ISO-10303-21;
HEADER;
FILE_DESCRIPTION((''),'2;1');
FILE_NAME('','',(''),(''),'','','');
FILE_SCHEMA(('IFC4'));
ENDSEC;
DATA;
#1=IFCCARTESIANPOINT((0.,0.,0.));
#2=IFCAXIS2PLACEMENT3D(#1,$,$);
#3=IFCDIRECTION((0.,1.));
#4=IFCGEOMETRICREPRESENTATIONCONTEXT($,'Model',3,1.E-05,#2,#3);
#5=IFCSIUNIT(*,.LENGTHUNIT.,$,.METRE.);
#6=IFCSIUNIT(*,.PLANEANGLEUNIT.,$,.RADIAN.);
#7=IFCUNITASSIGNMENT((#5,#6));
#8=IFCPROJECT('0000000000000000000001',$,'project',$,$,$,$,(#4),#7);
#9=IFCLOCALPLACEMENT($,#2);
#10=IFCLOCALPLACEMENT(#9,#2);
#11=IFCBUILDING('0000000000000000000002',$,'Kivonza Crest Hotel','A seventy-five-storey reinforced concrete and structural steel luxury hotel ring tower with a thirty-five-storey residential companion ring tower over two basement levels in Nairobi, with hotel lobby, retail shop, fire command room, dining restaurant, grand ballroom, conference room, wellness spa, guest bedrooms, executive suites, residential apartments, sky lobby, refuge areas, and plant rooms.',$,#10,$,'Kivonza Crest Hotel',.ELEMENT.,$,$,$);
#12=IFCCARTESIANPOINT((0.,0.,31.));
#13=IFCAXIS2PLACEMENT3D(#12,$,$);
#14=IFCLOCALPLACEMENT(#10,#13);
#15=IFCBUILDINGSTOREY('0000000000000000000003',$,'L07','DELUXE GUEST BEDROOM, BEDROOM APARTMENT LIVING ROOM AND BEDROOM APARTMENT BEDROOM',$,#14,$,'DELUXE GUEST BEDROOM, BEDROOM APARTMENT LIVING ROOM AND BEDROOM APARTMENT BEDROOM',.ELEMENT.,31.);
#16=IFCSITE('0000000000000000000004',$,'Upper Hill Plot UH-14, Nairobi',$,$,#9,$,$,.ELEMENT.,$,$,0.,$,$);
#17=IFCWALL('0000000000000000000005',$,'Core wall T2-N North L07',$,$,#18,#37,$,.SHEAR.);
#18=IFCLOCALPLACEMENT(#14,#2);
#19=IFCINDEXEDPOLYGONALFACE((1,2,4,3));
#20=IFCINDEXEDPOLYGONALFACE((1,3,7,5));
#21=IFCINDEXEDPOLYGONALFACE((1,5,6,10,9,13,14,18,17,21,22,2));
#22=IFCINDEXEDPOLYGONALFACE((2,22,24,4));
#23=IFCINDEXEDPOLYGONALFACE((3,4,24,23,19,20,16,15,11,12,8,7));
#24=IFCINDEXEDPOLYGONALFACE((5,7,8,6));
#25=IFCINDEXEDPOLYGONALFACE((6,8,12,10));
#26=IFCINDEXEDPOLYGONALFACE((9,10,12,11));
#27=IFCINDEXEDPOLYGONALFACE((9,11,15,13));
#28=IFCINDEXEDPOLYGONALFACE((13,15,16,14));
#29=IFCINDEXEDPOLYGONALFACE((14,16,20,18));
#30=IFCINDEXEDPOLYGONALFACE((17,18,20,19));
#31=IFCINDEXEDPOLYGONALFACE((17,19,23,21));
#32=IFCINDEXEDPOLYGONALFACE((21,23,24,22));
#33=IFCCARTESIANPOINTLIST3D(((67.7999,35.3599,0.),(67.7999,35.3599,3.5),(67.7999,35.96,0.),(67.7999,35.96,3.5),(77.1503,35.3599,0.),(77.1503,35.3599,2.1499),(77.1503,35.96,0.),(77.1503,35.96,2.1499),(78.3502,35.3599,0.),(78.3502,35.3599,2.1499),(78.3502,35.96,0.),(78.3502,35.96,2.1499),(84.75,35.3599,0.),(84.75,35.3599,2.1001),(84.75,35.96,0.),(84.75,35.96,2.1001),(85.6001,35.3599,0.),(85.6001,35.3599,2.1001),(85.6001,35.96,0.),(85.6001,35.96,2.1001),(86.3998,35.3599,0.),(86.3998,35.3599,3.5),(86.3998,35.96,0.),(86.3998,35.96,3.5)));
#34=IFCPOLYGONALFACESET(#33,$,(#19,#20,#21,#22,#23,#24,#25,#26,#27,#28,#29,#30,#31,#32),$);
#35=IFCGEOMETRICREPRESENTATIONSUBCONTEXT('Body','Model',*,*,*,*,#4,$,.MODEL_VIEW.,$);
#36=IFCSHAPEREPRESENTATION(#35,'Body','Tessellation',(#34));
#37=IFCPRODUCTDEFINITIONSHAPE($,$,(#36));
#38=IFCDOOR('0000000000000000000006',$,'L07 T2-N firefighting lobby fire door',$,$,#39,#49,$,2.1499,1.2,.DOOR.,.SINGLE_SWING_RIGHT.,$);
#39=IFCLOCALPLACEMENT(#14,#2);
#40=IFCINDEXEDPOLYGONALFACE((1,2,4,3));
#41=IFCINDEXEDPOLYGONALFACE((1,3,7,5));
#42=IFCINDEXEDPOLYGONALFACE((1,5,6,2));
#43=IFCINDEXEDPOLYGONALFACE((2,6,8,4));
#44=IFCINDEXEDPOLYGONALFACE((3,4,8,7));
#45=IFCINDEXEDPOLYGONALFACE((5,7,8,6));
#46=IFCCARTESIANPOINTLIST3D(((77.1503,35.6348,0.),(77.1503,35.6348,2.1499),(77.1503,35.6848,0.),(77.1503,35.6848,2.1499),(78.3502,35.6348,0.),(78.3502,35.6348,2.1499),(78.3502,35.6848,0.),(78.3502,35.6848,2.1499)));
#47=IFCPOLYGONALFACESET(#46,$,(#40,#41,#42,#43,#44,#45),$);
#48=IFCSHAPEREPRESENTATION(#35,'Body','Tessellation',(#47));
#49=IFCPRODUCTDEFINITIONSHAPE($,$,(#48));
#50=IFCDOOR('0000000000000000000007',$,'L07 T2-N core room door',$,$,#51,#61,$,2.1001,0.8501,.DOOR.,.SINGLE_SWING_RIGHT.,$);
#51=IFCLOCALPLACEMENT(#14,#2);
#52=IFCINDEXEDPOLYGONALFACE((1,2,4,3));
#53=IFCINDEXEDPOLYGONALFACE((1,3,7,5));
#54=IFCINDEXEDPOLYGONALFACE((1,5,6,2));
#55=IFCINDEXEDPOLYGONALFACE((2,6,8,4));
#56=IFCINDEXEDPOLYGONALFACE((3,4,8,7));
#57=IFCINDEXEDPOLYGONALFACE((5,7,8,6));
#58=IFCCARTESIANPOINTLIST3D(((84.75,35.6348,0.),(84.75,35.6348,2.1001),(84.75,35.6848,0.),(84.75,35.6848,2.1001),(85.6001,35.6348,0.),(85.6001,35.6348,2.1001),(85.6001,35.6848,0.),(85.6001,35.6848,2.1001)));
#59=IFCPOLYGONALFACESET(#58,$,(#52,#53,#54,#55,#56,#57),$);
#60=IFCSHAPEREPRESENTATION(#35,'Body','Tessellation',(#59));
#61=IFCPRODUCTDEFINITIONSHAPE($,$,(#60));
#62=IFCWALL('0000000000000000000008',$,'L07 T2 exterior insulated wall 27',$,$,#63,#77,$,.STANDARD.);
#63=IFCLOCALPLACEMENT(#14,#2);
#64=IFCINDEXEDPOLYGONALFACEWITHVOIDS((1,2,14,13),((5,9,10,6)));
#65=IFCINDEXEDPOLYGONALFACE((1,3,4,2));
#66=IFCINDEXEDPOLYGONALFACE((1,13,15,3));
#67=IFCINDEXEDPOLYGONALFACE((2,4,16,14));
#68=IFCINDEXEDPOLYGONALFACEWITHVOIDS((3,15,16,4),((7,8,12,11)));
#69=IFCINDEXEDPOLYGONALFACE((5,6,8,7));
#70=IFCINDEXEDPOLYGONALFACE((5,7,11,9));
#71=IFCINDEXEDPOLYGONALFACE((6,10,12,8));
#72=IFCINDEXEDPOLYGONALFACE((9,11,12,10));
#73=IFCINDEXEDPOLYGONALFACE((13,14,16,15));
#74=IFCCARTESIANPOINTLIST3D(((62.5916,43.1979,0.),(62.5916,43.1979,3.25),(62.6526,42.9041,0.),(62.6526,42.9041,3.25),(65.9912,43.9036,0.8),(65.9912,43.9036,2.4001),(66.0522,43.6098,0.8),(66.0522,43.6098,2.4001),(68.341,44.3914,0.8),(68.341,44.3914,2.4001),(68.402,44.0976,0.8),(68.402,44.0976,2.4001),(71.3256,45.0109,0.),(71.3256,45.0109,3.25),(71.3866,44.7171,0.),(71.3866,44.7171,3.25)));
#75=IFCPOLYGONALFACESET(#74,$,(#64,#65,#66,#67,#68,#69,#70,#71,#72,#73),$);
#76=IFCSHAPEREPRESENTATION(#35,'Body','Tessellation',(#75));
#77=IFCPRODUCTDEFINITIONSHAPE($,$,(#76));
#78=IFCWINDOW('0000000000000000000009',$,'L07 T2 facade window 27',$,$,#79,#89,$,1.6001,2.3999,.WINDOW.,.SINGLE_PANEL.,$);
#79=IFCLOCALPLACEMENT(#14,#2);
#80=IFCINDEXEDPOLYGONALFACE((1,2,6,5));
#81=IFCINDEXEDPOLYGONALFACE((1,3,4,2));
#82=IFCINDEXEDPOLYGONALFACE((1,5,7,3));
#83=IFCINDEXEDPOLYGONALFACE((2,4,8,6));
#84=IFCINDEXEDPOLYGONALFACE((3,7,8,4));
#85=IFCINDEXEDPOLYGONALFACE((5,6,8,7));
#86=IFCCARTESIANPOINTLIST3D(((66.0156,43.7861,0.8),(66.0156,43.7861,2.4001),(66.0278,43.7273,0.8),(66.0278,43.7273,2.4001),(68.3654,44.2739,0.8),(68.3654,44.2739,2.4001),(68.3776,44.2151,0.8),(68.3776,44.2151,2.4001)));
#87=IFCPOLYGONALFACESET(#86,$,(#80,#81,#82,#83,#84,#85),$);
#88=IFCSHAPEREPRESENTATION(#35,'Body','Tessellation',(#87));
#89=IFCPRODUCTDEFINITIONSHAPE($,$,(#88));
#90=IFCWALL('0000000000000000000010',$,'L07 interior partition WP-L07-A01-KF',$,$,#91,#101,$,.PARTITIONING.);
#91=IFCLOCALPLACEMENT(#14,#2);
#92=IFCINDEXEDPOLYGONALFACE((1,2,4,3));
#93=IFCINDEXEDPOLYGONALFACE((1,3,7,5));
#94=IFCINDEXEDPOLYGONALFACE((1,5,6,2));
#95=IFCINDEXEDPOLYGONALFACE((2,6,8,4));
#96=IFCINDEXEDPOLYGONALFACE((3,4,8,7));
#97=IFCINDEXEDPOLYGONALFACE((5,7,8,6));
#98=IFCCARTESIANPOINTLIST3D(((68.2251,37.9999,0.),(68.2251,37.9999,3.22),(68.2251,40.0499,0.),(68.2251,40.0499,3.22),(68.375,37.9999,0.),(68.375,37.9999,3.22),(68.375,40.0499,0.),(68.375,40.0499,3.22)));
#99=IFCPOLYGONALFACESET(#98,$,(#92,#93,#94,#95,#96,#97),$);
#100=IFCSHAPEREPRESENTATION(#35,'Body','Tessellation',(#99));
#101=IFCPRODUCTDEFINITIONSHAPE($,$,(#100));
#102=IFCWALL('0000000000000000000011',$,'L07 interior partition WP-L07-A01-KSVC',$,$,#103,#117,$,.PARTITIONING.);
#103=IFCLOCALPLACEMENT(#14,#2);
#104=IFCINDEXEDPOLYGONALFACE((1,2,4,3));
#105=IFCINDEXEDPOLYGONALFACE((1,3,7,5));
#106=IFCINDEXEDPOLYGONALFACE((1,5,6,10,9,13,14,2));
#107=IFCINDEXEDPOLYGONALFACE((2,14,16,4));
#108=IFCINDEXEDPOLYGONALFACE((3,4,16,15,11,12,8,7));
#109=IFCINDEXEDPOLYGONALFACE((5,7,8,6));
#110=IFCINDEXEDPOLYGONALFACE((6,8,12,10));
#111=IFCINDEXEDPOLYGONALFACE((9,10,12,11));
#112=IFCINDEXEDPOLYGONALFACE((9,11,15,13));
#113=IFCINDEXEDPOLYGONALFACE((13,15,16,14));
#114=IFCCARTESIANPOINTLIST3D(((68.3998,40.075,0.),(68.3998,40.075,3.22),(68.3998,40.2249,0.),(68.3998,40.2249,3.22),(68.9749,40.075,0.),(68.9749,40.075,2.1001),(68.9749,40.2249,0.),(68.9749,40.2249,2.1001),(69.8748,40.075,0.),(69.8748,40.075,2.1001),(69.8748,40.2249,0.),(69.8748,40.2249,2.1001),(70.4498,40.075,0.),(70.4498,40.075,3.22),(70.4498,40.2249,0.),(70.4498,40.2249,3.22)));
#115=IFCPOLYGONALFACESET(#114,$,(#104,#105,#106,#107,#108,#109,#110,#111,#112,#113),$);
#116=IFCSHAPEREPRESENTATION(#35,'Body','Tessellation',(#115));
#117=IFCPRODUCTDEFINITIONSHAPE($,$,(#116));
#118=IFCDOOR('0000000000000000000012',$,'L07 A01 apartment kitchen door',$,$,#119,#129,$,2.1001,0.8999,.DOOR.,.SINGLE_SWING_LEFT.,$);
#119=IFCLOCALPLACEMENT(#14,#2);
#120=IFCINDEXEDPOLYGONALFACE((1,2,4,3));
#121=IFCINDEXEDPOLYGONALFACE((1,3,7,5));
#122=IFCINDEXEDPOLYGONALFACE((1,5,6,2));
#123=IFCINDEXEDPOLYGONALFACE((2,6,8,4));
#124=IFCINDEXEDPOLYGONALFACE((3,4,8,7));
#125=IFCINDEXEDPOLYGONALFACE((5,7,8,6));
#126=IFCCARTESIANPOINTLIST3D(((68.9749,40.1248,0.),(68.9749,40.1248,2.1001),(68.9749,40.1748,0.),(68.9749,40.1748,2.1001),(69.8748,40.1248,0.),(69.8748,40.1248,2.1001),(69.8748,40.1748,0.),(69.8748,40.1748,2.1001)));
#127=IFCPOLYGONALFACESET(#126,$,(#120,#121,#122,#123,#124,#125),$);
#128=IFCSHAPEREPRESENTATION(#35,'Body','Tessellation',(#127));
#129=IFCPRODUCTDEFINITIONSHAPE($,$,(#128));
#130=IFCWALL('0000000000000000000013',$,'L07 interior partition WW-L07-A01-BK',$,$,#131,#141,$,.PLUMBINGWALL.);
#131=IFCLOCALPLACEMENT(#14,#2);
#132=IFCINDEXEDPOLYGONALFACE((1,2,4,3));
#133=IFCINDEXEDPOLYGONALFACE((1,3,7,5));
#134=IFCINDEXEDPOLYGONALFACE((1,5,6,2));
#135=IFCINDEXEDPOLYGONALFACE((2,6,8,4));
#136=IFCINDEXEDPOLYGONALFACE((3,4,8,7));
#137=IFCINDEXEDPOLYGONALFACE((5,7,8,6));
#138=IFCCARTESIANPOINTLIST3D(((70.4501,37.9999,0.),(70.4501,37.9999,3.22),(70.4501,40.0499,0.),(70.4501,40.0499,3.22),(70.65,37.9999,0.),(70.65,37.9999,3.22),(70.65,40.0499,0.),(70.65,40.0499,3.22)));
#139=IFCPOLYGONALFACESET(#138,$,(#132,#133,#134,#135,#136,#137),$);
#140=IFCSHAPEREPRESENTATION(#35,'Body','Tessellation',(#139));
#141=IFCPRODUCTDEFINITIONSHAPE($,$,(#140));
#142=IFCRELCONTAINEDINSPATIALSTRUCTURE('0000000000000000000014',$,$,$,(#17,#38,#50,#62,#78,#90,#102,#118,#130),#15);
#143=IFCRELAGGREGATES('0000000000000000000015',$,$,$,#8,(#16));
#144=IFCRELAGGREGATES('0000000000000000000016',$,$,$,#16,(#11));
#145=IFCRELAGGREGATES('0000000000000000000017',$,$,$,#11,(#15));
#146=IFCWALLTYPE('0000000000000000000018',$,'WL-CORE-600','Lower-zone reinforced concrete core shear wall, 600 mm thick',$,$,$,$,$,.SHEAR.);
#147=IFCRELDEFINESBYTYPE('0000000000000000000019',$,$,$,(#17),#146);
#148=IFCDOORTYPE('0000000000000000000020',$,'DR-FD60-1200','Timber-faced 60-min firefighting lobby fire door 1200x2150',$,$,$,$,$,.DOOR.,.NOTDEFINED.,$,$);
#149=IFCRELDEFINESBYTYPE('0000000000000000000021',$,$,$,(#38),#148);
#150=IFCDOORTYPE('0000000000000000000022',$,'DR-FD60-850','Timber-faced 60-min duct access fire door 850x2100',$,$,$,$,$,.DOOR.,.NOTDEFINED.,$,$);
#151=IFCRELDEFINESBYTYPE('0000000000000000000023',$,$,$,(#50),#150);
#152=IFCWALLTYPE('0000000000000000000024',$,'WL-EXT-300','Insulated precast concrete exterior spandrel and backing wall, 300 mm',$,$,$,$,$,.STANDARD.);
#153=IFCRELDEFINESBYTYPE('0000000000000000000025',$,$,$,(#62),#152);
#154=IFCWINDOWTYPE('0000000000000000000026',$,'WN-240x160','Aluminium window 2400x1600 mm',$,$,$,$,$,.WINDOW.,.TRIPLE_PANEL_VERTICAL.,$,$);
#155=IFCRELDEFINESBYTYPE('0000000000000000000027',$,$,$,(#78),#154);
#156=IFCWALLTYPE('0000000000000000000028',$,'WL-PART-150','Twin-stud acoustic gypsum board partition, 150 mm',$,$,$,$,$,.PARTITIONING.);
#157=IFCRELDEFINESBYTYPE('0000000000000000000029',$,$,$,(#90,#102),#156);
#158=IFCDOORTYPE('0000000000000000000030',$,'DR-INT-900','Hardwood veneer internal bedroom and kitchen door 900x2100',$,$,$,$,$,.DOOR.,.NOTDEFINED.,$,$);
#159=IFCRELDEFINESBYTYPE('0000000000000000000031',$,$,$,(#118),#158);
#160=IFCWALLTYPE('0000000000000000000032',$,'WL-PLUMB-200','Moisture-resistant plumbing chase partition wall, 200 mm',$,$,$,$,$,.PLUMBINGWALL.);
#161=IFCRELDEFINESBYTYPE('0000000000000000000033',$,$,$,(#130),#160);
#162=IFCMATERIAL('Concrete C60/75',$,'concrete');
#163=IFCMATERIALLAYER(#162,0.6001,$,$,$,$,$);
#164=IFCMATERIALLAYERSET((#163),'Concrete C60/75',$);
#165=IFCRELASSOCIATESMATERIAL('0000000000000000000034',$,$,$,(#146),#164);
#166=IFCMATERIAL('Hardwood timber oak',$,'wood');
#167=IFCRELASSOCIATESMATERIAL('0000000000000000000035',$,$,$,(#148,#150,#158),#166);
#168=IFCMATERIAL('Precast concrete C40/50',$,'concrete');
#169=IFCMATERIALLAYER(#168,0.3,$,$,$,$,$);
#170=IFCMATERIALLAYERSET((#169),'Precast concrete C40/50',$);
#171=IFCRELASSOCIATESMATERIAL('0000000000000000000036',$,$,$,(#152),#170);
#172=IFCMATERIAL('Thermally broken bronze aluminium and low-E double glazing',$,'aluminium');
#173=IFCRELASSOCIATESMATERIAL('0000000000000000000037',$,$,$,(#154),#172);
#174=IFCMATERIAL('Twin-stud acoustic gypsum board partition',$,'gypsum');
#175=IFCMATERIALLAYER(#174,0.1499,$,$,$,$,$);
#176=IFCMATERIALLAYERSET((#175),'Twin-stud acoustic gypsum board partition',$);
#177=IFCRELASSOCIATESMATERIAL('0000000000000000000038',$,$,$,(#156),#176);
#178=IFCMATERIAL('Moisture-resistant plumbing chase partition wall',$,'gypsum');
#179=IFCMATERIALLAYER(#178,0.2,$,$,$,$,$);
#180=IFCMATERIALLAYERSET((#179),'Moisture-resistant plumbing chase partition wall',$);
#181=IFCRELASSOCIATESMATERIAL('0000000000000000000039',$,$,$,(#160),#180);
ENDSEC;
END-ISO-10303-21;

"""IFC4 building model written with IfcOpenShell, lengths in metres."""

from ifc_helpers import new_model, si_unit, direction, frame, frame_2d, origin, place, context, subcontext, project, spatial, rectangle, extrude, material, layer, layer_set, type_object, element, fill, save


model = new_model("IFC4")

# Units and contexts
model_context = context("Model", 3, precision=1e-05, world=origin(), true_north=direction((0.0, 1.0)))
body_context = subcontext(model_context, "Body", "Model", "MODEL_VIEW")
ifc_project = project(units=[si_unit("LENGTHUNIT", "METRE"), si_unit("PLANEANGLEUNIT", "RADIAN")], contexts=[model_context])

# Site, building, storey
site_placement = place(None, origin())
site = spatial("IfcSite", under=ifc_project, at=site_placement, Name="Upper Hill Plot UH-14, Nairobi", CompositionType="ELEMENT", RefElevation=0.0)
building_placement = place(site_placement, origin())
building = spatial("IfcBuilding", under=site, at=building_placement, Name="Kivonza Crest Hotel", Description="A seventy-five-storey reinforced concrete and structural steel luxury hotel ring tower with a thirty-five-storey residential companion ring tower over two basement levels in Nairobi, with hotel lobby, retail shop, fire command room, dining restaurant, grand ballroom, conference room, wellness spa, guest bedrooms, executive suites, residential apartments, sky lobby, refuge areas, and plant rooms.", LongName="Kivonza Crest Hotel", CompositionType="ELEMENT")
storey_placement = place(building_placement, frame((0.0, 0.0, 31.0)))
storey = spatial("IfcBuildingStorey", under=building, at=storey_placement, Name="L07", Description="DELUXE GUEST BEDROOM, BEDROOM APARTMENT LIVING ROOM AND BEDROOM APARTMENT BEDROOM", LongName="DELUXE GUEST BEDROOM, BEDROOM APARTMENT LIVING ROOM AND BEDROOM APARTMENT BEDROOM", CompositionType="ELEMENT", Elevation=31.0)

# Shared definitions
ifc_material_1 = material(Name="Hardwood timber oak", Category="wood")

# Wall, openings, doors
ifc_material_2 = material(Name="Concrete C60/75", Category="concrete")
ifc_layer_1 = layer(ifc_material_2, 0.6001)
ifc_layer_set_1 = layer_set([ifc_layer_1], Name="Concrete C60/75")
wall_type_1 = type_object("IfcWallType", Name="WL-CORE-600", Description="Lower-zone reinforced concrete core shear wall, 600 mm thick", PredefinedType="SHEAR", material=ifc_layer_set_1)
wall_1_placement = place(storey_placement, frame((67.8, 35.6599, 0.0), z_axis=(0.0, 0.0, 1.0), x_axis=(1.0, 0.0, 0.0)))
wall_1 = element("IfcWall", 1, at=wall_1_placement, inside=storey, type_object=wall_type_1, Name="Core wall T2-N North L07", PredefinedType="SHEAR", context=body_context, shape_type="SweptSolid", body=[
    extrude(rectangle(XDim=18.5999, YDim=0.6001, at=frame_2d((9.2998, 0.0))), origin(), (0.0, 0.0, 1.0), 3.5),
])
opening_1_placement = place(wall_1_placement, frame((9.3501, 0.0, 0.0)))
opening_1 = element("IfcOpeningElement", 2, at=opening_1_placement, cuts=wall_1, PredefinedType="OPENING", context=body_context, shape_type="SweptSolid", body=[
    extrude(rectangle(XDim=1.2, YDim=2.1499, at=frame_2d((0.6001, 1.075))), frame((0.0, 0.3101, 0.0), z_axis=(0.0, -1.0, 0.0), x_axis=(1.0, 0.0, 0.0)), (0.0, 0.0, 1.0), 0.6201),
])
opening_2_placement = place(wall_1_placement, frame((16.95, 0.0, 0.0)))
opening_2 = element("IfcOpeningElement", 3, at=opening_2_placement, cuts=wall_1, PredefinedType="OPENING", context=body_context, shape_type="SweptSolid", body=[
    extrude(rectangle(XDim=0.8501, YDim=2.1001, at=frame_2d((0.425, 1.05))), frame((0.0, 0.3101, 0.0), z_axis=(0.0, -1.0, 0.0), x_axis=(1.0, 0.0, 0.0)), (0.0, 0.0, 1.0), 0.6201),
])
door_type_1 = type_object("IfcDoorType", Name="DR-FD60-1200", Description="Timber-faced 60-min firefighting lobby fire door 1200x2150", OperationType="NOTDEFINED", PredefinedType="DOOR", material=ifc_material_1)
door_1_placement = place(opening_1_placement, origin())
door_1 = element("IfcDoor", 4, at=door_1_placement, inside=storey, type_object=door_type_1, Name="L07 T2-N firefighting lobby fire door", OperationType="SINGLE_SWING_RIGHT", OverallHeight=2.1499, OverallWidth=1.2, PredefinedType="DOOR", context=body_context, shape_type="SweptSolid", body=[
    extrude(rectangle(XDim=1.2, YDim=2.1499, at=frame_2d((0.6001, 1.075))), frame((0.0, 0.0249, 0.0), z_axis=(0.0, -1.0, 0.0), x_axis=(1.0, 0.0, 0.0)), (0.0, 0.0, 1.0), 0.05),
])
fill(opening_1, door_1)
door_type_2 = type_object("IfcDoorType", Name="DR-FD60-850", Description="Timber-faced 60-min duct access fire door 850x2100", OperationType="NOTDEFINED", PredefinedType="DOOR", material=ifc_material_1)
door_2_placement = place(opening_2_placement, origin())
door_2 = element("IfcDoor", 5, at=door_2_placement, inside=storey, type_object=door_type_2, Name="L07 T2-N core room door", OperationType="SINGLE_SWING_RIGHT", OverallHeight=2.1001, OverallWidth=0.8501, PredefinedType="DOOR", context=body_context, shape_type="SweptSolid", body=[
    extrude(rectangle(XDim=0.8501, YDim=2.1001, at=frame_2d((0.425, 1.05))), frame((0.0, 0.0249, 0.0), z_axis=(0.0, -1.0, 0.0), x_axis=(1.0, 0.0, 0.0)), (0.0, 0.0, 1.0), 0.05),
])
fill(opening_2, door_2)

# Wall, opening, window
ifc_material_3 = material(Name="Precast concrete C40/50", Category="concrete")
ifc_layer_2 = layer(ifc_material_3, 0.3)
ifc_layer_set_2 = layer_set([ifc_layer_2], Name="Precast concrete C40/50")
wall_type_2 = type_object("IfcWallType", Name="WL-EXT-300", Description="Insulated precast concrete exterior spandrel and backing wall, 300 mm", PredefinedType="STANDARD", material=ifc_layer_set_2)
wall_2_placement = place(storey_placement, frame((71.356, 44.864, 0.0), z_axis=(0.0, 0.0, 1.0), x_axis=(-0.979127, -0.203248, 0.0)))
wall_2 = element("IfcWall", 6, at=wall_2_placement, inside=storey, type_object=wall_type_2, Name="L07 T2 exterior insulated wall 27", PredefinedType="STANDARD", context=body_context, shape_type="SweptSolid", body=[
    extrude(rectangle(XDim=8.9202, YDim=0.3, at=frame_2d((4.46, 0.0))), origin(), (0.0, 0.0, 1.0), 3.25),
])
opening_3_placement = place(wall_2_placement, frame((3.0481, 0.0, 0.8)))
opening_3 = element("IfcOpeningElement", 7, at=opening_3_placement, cuts=wall_2, PredefinedType="OPENING", context=body_context, shape_type="SweptSolid", body=[
    extrude(rectangle(XDim=2.3999, YDim=1.6001, at=frame_2d((1.2, 0.8))), frame((0.0, 0.1602, 0.0), z_axis=(0.0, -1.0, 0.0), x_axis=(1.0, 0.0, 0.0)), (0.0, 0.0, 1.0), 0.3201),
])
ifc_material_4 = material(Name="Thermally broken bronze aluminium and low-E double glazing", Category="aluminium")
window_type = type_object("IfcWindowType", Name="WN-240x160", Description="Aluminium window 2400x1600 mm", PartitioningType="TRIPLE_PANEL_VERTICAL", PredefinedType="WINDOW", material=ifc_material_4)
window_placement = place(opening_3_placement, origin())
window = element("IfcWindow", 8, at=window_placement, inside=storey, type_object=window_type, Name="L07 T2 facade window 27", OverallHeight=1.6001, OverallWidth=2.3999, PartitioningType="SINGLE_PANEL", PredefinedType="WINDOW", context=body_context, shape_type="SweptSolid", body=[
    extrude(rectangle(XDim=2.3999, YDim=1.6001, at=frame_2d((1.2, 0.8))), frame((0.0, 0.03, 0.0), z_axis=(0.0, -1.0, 0.0), x_axis=(1.0, 0.0, 0.0)), (0.0, 0.0, 1.0), 0.0601),
])
fill(opening_3, window)

# Wall
ifc_material_5 = material(Name="Twin-stud acoustic gypsum board partition", Category="gypsum")
ifc_layer_3 = layer(ifc_material_5, 0.1499)
ifc_layer_set_3 = layer_set([ifc_layer_3], Name="Twin-stud acoustic gypsum board partition")
wall_type_3 = type_object("IfcWallType", Name="WL-PART-150", Description="Twin-stud acoustic gypsum board partition, 150 mm", PredefinedType="PARTITIONING", material=ifc_layer_set_3)
wall_3_placement = place(storey_placement, frame((68.3, 38.0, 0.0), z_axis=(0.0, 0.0, 1.0), x_axis=(0.0, 1.0, 0.0)))
element("IfcWall", 9, at=wall_3_placement, inside=storey, type_object=wall_type_3, Name="L07 interior partition WP-L07-A01-KF", PredefinedType="PARTITIONING", context=body_context, shape_type="SweptSolid", body=[
    extrude(rectangle(XDim=2.05, YDim=0.1499, at=frame_2d((1.0249, 0.0))), origin(), (0.0, 0.0, 1.0), 3.22),
])

# Wall, opening, door
wall_4_placement = place(storey_placement, frame((68.3999, 40.1499, 0.0), z_axis=(0.0, 0.0, 1.0), x_axis=(1.0, 0.0, 0.0)))
wall_4 = element("IfcWall", 10, at=wall_4_placement, inside=storey, type_object=wall_type_3, Name="L07 interior partition WP-L07-A01-KSVC", PredefinedType="PARTITIONING", context=body_context, shape_type="SweptSolid", body=[
    extrude(rectangle(XDim=2.05, YDim=0.1499, at=frame_2d((1.0249, 0.0))), origin(), (0.0, 0.0, 1.0), 3.22),
])
opening_4_placement = place(wall_4_placement, frame((0.575, 0.0, 0.0)))
opening_4 = element("IfcOpeningElement", 11, at=opening_4_placement, cuts=wall_4, PredefinedType="OPENING", context=body_context, shape_type="SweptSolid", body=[
    extrude(rectangle(XDim=0.8999, YDim=2.1001, at=frame_2d((0.45, 1.05))), frame((0.0, 0.085, 0.0), z_axis=(0.0, -1.0, 0.0), x_axis=(1.0, 0.0, 0.0)), (0.0, 0.0, 1.0), 0.1699),
])
door_type_3 = type_object("IfcDoorType", Name="DR-INT-900", Description="Hardwood veneer internal bedroom and kitchen door 900x2100", OperationType="NOTDEFINED", PredefinedType="DOOR", material=ifc_material_1)
door_3_placement = place(opening_4_placement, origin())
door_3 = element("IfcDoor", 12, at=door_3_placement, inside=storey, type_object=door_type_3, Name="L07 A01 apartment kitchen door", OperationType="SINGLE_SWING_LEFT", OverallHeight=2.1001, OverallWidth=0.8999, PredefinedType="DOOR", context=body_context, shape_type="SweptSolid", body=[
    extrude(rectangle(XDim=0.8999, YDim=2.1001, at=frame_2d((0.45, 1.05))), frame((0.0, 0.0249, 0.0), z_axis=(0.0, -1.0, 0.0), x_axis=(1.0, 0.0, 0.0)), (0.0, 0.0, 1.0), 0.05),
])
fill(opening_4, door_3)

# Wall
ifc_material_6 = material(Name="Moisture-resistant plumbing chase partition wall", Category="gypsum")
ifc_layer_4 = layer(ifc_material_6, 0.2)
ifc_layer_set_4 = layer_set([ifc_layer_4], Name="Moisture-resistant plumbing chase partition wall")
wall_type_4 = type_object("IfcWallType", Name="WL-PLUMB-200", Description="Moisture-resistant plumbing chase partition wall, 200 mm", PredefinedType="PLUMBINGWALL", material=ifc_layer_set_4)
wall_5_placement = place(storey_placement, frame((70.55, 38.0, 0.0), z_axis=(0.0, 0.0, 1.0), x_axis=(0.0, 1.0, 0.0)))
element("IfcWall", 13, at=wall_5_placement, inside=storey, type_object=wall_type_4, Name="L07 interior partition WW-L07-A01-BK", PredefinedType="PLUMBINGWALL", context=body_context, shape_type="SweptSolid", body=[
    extrude(rectangle(XDim=2.05, YDim=0.2, at=frame_2d((1.0249, 0.0))), origin(), (0.0, 0.0, 1.0), 3.22),
])

save(model, "model.ifc")
